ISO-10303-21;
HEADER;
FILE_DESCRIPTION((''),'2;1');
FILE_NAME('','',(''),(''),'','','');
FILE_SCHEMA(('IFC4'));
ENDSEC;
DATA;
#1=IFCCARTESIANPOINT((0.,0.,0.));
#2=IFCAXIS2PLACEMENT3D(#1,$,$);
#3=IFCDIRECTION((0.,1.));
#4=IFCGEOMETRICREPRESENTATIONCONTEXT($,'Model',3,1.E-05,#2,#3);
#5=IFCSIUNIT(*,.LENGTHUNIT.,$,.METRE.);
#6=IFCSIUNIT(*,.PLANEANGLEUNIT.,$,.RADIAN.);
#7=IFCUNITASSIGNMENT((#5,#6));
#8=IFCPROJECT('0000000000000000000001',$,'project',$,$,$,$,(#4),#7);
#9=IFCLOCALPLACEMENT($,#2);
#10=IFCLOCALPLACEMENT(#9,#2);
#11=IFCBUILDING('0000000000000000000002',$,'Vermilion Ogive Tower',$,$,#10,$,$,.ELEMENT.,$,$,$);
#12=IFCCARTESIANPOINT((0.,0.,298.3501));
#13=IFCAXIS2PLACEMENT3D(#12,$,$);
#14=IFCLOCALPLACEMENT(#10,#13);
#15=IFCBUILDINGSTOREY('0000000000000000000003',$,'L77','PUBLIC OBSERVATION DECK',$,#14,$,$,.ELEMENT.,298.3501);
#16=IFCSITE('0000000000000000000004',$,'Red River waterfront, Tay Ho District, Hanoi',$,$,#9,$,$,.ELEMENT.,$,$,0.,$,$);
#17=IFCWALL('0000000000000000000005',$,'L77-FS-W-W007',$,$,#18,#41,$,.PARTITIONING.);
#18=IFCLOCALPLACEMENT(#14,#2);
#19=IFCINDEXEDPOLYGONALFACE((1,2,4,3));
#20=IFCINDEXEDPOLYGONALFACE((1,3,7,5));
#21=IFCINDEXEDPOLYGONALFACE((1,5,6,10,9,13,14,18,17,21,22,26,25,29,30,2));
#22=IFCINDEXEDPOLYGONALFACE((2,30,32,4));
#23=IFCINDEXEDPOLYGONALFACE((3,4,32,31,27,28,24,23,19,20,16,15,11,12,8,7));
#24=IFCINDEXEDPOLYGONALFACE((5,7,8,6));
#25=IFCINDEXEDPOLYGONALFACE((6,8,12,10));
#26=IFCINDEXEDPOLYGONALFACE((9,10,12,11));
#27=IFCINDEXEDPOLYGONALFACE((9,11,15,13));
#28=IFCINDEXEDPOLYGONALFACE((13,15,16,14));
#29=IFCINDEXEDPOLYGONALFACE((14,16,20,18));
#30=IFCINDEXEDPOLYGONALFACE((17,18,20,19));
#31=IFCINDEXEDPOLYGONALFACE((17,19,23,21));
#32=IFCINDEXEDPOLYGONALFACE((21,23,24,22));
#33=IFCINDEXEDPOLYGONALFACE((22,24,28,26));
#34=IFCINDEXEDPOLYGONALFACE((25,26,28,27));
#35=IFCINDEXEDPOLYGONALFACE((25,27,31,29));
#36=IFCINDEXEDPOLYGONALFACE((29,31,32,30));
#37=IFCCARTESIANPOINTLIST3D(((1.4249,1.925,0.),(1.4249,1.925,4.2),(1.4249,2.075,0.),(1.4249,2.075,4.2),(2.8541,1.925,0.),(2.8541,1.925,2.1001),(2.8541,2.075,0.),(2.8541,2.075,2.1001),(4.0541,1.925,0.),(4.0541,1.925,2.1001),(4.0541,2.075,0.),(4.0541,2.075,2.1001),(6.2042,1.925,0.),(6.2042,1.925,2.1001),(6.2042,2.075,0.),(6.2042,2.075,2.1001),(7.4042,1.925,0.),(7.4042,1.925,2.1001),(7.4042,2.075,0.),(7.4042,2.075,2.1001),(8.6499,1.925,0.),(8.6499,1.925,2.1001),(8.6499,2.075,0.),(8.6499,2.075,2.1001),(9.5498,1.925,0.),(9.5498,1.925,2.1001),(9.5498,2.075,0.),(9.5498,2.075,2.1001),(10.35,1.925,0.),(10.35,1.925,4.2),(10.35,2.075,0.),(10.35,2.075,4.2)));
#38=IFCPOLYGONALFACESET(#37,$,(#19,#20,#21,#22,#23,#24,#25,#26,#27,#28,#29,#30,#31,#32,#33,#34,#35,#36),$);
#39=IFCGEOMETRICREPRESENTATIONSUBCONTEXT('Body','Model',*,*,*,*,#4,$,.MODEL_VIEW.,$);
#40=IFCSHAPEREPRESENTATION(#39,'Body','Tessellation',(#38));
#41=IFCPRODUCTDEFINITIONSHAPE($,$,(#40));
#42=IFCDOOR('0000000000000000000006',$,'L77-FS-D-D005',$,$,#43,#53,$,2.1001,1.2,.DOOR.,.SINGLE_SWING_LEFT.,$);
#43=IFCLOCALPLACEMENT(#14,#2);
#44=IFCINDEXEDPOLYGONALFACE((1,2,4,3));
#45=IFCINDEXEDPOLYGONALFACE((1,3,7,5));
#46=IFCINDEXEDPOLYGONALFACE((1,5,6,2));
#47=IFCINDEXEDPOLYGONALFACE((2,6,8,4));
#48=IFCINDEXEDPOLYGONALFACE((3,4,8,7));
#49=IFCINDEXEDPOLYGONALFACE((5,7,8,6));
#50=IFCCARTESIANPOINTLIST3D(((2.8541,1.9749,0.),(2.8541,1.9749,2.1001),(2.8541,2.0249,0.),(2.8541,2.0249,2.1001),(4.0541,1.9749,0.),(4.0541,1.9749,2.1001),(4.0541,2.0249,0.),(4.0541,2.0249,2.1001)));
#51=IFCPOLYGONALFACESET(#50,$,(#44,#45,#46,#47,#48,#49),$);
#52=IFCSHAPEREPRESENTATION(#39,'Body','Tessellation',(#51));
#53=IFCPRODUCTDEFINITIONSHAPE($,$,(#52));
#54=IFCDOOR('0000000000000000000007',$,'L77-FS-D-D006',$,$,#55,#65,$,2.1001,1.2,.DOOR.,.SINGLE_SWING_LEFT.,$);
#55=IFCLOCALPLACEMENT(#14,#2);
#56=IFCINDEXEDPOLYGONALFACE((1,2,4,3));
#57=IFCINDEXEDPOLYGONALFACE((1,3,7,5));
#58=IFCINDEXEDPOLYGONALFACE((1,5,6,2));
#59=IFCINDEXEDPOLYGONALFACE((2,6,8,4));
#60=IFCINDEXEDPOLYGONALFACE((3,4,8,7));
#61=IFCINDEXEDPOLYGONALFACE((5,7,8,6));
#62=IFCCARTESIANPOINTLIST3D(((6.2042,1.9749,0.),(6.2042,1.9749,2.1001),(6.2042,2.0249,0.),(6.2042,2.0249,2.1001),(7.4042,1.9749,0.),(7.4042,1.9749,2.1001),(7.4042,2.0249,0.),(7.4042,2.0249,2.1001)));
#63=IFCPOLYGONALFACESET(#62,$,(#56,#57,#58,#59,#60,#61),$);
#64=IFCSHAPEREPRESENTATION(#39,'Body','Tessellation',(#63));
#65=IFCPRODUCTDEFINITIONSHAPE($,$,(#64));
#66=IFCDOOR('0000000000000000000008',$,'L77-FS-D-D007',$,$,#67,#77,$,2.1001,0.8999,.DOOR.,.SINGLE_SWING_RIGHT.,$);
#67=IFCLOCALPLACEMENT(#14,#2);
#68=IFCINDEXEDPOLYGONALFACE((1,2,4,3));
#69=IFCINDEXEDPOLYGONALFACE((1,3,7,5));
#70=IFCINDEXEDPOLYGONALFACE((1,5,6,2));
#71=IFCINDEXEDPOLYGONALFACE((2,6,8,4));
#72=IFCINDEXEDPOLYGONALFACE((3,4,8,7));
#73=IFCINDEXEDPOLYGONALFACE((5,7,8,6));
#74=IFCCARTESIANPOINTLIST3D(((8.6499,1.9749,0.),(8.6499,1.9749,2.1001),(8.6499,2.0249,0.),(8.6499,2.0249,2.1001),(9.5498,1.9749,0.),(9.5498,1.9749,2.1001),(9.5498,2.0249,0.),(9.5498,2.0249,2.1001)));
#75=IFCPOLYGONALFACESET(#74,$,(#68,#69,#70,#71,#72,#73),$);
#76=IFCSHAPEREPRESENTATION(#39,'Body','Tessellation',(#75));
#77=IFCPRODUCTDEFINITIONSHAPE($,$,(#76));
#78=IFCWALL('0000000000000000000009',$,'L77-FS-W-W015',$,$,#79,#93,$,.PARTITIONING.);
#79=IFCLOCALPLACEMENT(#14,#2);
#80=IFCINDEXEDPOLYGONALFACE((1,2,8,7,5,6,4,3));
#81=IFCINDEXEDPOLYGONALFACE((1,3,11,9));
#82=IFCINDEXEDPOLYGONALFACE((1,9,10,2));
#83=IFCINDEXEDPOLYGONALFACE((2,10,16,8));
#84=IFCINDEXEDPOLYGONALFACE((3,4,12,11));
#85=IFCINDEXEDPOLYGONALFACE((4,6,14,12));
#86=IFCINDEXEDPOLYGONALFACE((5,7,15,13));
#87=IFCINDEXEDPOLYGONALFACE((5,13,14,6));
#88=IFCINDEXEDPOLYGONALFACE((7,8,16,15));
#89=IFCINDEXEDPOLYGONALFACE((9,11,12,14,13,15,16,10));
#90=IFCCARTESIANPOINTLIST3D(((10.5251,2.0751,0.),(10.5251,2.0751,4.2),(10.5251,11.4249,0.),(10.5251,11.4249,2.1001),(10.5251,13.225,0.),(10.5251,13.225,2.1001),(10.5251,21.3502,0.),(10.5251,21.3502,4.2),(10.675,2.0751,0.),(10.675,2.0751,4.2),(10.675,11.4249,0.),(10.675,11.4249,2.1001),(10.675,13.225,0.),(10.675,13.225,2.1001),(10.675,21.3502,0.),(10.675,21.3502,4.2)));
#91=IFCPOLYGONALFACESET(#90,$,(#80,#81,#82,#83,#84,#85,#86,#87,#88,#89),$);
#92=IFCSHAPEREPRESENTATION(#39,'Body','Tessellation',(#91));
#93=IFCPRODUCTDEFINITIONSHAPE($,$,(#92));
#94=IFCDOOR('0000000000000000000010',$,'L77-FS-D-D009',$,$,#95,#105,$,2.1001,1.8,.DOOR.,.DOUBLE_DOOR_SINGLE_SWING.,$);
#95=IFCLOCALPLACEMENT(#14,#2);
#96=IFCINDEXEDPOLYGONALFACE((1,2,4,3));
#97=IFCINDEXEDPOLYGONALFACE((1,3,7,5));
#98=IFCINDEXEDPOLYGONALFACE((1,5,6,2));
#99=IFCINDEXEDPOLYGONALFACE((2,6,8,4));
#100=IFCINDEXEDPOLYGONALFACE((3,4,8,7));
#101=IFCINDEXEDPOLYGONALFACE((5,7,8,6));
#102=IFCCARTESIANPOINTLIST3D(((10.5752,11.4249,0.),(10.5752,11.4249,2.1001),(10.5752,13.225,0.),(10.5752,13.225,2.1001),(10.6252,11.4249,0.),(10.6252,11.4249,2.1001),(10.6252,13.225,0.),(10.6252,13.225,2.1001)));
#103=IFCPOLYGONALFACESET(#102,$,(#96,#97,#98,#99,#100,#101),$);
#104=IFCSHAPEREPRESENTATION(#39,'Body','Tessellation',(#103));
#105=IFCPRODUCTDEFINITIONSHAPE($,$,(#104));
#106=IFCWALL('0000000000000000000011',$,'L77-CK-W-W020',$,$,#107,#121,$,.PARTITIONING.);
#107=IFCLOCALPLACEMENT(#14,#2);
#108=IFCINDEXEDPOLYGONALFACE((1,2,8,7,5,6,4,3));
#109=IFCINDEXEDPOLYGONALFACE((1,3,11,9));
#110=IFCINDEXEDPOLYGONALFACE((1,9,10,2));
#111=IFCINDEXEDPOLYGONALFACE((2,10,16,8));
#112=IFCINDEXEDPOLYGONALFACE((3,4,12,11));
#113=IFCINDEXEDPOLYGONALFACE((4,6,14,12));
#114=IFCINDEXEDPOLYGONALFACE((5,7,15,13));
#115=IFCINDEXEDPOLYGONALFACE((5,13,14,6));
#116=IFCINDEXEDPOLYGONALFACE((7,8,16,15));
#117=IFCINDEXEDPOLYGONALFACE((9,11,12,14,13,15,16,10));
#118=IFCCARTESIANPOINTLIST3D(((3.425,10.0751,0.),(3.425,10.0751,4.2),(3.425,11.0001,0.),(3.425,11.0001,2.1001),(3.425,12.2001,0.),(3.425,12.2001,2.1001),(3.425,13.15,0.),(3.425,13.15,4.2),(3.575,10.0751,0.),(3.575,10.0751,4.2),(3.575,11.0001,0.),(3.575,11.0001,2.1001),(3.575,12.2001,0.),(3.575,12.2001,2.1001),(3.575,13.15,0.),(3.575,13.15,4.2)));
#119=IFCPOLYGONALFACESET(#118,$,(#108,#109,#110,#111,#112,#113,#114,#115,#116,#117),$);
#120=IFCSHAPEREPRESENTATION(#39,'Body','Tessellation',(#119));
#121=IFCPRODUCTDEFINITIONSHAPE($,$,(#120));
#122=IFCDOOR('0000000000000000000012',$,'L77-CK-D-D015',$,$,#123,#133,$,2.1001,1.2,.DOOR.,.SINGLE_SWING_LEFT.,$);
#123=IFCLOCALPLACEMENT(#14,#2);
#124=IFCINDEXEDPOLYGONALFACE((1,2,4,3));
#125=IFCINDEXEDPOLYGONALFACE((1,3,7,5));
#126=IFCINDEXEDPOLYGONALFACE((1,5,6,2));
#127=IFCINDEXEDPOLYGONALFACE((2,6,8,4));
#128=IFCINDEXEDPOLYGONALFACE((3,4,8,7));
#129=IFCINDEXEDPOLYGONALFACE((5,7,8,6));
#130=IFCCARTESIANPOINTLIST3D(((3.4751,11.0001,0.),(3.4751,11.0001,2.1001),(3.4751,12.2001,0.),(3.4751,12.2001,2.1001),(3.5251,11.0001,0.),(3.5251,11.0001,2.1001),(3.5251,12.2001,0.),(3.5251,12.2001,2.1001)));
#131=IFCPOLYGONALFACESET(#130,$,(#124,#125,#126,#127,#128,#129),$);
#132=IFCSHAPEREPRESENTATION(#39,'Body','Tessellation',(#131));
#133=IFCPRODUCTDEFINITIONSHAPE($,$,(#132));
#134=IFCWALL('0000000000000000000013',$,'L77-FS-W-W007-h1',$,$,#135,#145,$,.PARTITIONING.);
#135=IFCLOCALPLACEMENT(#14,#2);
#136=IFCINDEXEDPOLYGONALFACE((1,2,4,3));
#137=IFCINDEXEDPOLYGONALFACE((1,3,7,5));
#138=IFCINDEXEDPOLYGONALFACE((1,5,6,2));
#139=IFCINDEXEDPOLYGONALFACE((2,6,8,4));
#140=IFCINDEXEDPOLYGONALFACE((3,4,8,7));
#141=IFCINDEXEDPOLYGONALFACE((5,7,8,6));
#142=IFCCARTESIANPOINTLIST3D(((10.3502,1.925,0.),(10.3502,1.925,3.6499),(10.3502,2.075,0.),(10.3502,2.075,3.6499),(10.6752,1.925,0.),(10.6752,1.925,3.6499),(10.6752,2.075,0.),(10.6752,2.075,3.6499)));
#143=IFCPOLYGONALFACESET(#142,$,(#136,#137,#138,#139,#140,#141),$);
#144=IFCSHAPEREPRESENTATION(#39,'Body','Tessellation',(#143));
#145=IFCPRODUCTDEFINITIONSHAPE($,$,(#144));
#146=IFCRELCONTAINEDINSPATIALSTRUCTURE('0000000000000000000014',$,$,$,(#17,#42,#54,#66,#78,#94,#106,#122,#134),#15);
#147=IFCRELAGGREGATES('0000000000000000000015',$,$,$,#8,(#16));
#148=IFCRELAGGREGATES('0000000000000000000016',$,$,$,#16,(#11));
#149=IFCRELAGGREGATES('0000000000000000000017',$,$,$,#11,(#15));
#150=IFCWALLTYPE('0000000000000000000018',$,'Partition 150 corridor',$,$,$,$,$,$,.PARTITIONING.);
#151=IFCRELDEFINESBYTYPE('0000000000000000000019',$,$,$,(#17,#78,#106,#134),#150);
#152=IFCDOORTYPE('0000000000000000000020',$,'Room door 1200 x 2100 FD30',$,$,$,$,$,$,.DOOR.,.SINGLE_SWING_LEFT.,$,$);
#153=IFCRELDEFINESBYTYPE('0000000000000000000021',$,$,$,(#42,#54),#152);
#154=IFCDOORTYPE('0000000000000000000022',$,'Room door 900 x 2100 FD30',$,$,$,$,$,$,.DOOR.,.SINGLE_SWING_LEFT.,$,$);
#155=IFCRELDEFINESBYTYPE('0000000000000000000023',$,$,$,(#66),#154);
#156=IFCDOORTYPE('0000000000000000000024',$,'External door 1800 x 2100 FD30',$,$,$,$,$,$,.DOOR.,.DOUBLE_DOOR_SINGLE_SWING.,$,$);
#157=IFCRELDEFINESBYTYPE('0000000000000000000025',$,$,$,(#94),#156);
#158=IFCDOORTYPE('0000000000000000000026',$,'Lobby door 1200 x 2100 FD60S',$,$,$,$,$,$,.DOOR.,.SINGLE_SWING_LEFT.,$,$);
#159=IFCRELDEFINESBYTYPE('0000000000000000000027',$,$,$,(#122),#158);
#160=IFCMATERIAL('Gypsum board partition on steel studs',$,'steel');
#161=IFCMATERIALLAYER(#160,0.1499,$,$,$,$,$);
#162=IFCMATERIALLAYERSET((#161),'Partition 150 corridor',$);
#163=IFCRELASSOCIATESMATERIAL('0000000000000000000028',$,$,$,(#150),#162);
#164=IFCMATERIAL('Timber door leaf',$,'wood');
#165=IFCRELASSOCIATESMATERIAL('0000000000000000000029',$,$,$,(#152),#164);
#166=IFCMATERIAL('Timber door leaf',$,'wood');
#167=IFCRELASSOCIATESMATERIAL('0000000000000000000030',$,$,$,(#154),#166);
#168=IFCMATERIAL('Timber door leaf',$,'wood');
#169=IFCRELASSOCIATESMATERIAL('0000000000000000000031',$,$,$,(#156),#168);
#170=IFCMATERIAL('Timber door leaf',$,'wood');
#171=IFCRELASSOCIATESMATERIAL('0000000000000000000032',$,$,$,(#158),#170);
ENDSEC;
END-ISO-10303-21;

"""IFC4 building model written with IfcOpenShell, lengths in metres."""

from ifc_helpers import new_model, si_unit, direction, frame, frame_2d, origin, place, context, subcontext, project, spatial, rectangle, extrude, material, layer, layer_set, type_object, element, fill, save


model = new_model("IFC4")

# Units and contexts
model_context = context("Model", 3, precision=1e-05, world=origin(), true_north=direction((0.0, 1.0)))
body_context = subcontext(model_context, "Body", "Model", "MODEL_VIEW")
ifc_project = project(units=[si_unit("LENGTHUNIT", "METRE"), si_unit("PLANEANGLEUNIT", "RADIAN")], contexts=[model_context])

# Site, building, storey
site_placement = place(None, origin())
site = spatial("IfcSite", under=ifc_project, at=site_placement, Name="Red River waterfront, Tay Ho District, Hanoi", CompositionType="ELEMENT", RefElevation=0.0)
building_placement = place(site_placement, origin())
building = spatial("IfcBuilding", under=site, at=building_placement, Name="Vermilion Ogive Tower", CompositionType="ELEMENT")
storey_placement = place(building_placement, frame((0.0, 0.0, 298.3501)))
storey = spatial("IfcBuildingStorey", under=building, at=storey_placement, Name="L77", Description="PUBLIC OBSERVATION DECK", CompositionType="ELEMENT", Elevation=298.3501)

# Wall, openings, doors
ifc_material_1 = material(Name="Gypsum board partition on steel studs", Category="steel")
ifc_layer_1 = layer(ifc_material_1, 0.1499)
ifc_layer_set_1 = layer_set([ifc_layer_1], Name="Partition 150 corridor")
wall_type_1 = type_object("IfcWallType", Name="Partition 150 corridor", PredefinedType="PARTITIONING", material=ifc_layer_set_1)
wall_1_placement = place(storey_placement, frame((1.425, 2.0, 0.0), z_axis=(0.0, 0.0, 1.0), x_axis=(1.0, 0.0, 0.0)))
wall_1 = element("IfcWall", 1, at=wall_1_placement, inside=storey, type_object=wall_type_1, Name="L77-FS-W-W007", PredefinedType="PARTITIONING", context=body_context, shape_type="SweptSolid", body=[
    extrude(rectangle(XDim=8.925, YDim=0.1499, at=frame_2d((4.4624, 0.0))), origin(), (0.0, 0.0, 1.0), 4.2),
])
opening_1_placement = place(wall_1_placement, frame((1.429, 0.0, 0.0)))
opening_1 = element("IfcOpeningElement", 2, at=opening_1_placement, cuts=wall_1, PredefinedType="OPENING", context=body_context, shape_type="SweptSolid", body=[
    extrude(rectangle(XDim=1.2, YDim=2.1001, at=frame_2d((0.6001, 1.05))), frame((0.0, 0.085, 0.0), z_axis=(0.0, -1.0, 0.0), x_axis=(1.0, 0.0, 0.0)), (0.0, 0.0, 1.0), 0.1699),
])
opening_2_placement = place(wall_1_placement, frame((4.7791, 0.0, 0.0)))
opening_2 = element("IfcOpeningElement", 3, at=opening_2_placement, cuts=wall_1, PredefinedType="OPENING", context=body_context, shape_type="SweptSolid", body=[
    extrude(rectangle(XDim=1.2, YDim=2.1001, at=frame_2d((0.6001, 1.05))), frame((0.0, 0.085, 0.0), z_axis=(0.0, -1.0, 0.0), x_axis=(1.0, 0.0, 0.0)), (0.0, 0.0, 1.0), 0.1699),
])
opening_3_placement = place(wall_1_placement, frame((7.2249, 0.0, 0.0)))
opening_3 = element("IfcOpeningElement", 4, at=opening_3_placement, cuts=wall_1, PredefinedType="OPENING", context=body_context, shape_type="SweptSolid", body=[
    extrude(rectangle(XDim=0.8999, YDim=2.1001, at=frame_2d((0.45, 1.05))), frame((0.0, 0.085, 0.0), z_axis=(0.0, -1.0, 0.0), x_axis=(1.0, 0.0, 0.0)), (0.0, 0.0, 1.0), 0.1699),
])
ifc_material_2 = material(Name="Timber door leaf", Category="wood")
door_type_1 = type_object("IfcDoorType", Name="Room door 1200 x 2100 FD30", OperationType="SINGLE_SWING_LEFT", PredefinedType="DOOR", material=ifc_material_2)
door_1_placement = place(opening_1_placement, origin())
door_1 = element("IfcDoor", 5, at=door_1_placement, inside=storey, type_object=door_type_1, Name="L77-FS-D-D005", OperationType="SINGLE_SWING_LEFT", OverallHeight=2.1001, OverallWidth=1.2, PredefinedType="DOOR", context=body_context, shape_type="SweptSolid", body=[
    extrude(rectangle(XDim=1.2, YDim=2.1001, at=frame_2d((0.6001, 1.05))), frame((0.0, 0.0249, 0.0), z_axis=(0.0, -1.0, 0.0), x_axis=(1.0, 0.0, 0.0)), (0.0, 0.0, 1.0), 0.05),
])
fill(opening_1, door_1)
door_2_placement = place(opening_2_placement, origin())
door_2 = element("IfcDoor", 6, at=door_2_placement, inside=storey, type_object=door_type_1, Name="L77-FS-D-D006", OperationType="SINGLE_SWING_LEFT", OverallHeight=2.1001, OverallWidth=1.2, PredefinedType="DOOR", context=body_context, shape_type="SweptSolid", body=[
    extrude(rectangle(XDim=1.2, YDim=2.1001, at=frame_2d((0.6001, 1.05))), frame((0.0, 0.0249, 0.0), z_axis=(0.0, -1.0, 0.0), x_axis=(1.0, 0.0, 0.0)), (0.0, 0.0, 1.0), 0.05),
])
fill(opening_2, door_2)
ifc_material_3 = material(Name="Timber door leaf", Category="wood")
door_type_2 = type_object("IfcDoorType", Name="Room door 900 x 2100 FD30", OperationType="SINGLE_SWING_LEFT", PredefinedType="DOOR", material=ifc_material_3)
door_3_placement = place(opening_3_placement, origin())
door_3 = element("IfcDoor", 7, at=door_3_placement, inside=storey, type_object=door_type_2, Name="L77-FS-D-D007", OperationType="SINGLE_SWING_RIGHT", OverallHeight=2.1001, OverallWidth=0.8999, PredefinedType="DOOR", context=body_context, shape_type="SweptSolid", body=[
    extrude(rectangle(XDim=0.8999, YDim=2.1001, at=frame_2d((0.45, 1.05))), frame((0.0, 0.0249, 0.0), z_axis=(0.0, -1.0, 0.0), x_axis=(1.0, 0.0, 0.0)), (0.0, 0.0, 1.0), 0.05),
])
fill(opening_3, door_3)

# Walls, openings, doors
wall_2_placement = place(storey_placement, frame((10.6001, 2.075, 0.0), z_axis=(0.0, 0.0, 1.0), x_axis=(0.0, 1.0, 0.0)))
wall_2 = element("IfcWall", 8, at=wall_2_placement, inside=storey, type_object=wall_type_1, Name="L77-FS-W-W015", PredefinedType="PARTITIONING", context=body_context, shape_type="SweptSolid", body=[
    extrude(rectangle(XDim=19.2751, YDim=0.1499, at=frame_2d((9.6377, 0.0))), origin(), (0.0, 0.0, 1.0), 4.2),
])
opening_4_placement = place(wall_2_placement, frame((9.3501, 0.0, 0.0)))
opening_4 = element("IfcOpeningElement", 9, at=opening_4_placement, cuts=wall_2, PredefinedType="OPENING", context=body_context, shape_type="SweptSolid", body=[
    extrude(rectangle(XDim=1.8, YDim=2.1001, at=frame_2d((0.8999, 1.05))), frame((0.0, 0.085, 0.0), z_axis=(0.0, -1.0, 0.0), x_axis=(1.0, 0.0, 0.0)), (0.0, 0.0, 1.0), 0.1699),
])
ifc_material_4 = material(Name="Timber door leaf", Category="wood")
door_type_3 = type_object("IfcDoorType", Name="External door 1800 x 2100 FD30", OperationType="DOUBLE_DOOR_SINGLE_SWING", PredefinedType="DOOR", material=ifc_material_4)
door_4_placement = place(opening_4_placement, origin())
door_4 = element("IfcDoor", 10, at=door_4_placement, inside=storey, type_object=door_type_3, Name="L77-FS-D-D009", OperationType="DOUBLE_DOOR_SINGLE_SWING", OverallHeight=2.1001, OverallWidth=1.8, PredefinedType="DOOR", context=body_context, shape_type="SweptSolid", body=[
    extrude(rectangle(XDim=1.8, YDim=2.1001, at=frame_2d((0.8999, 1.05))), frame((0.0, 0.0249, 0.0), z_axis=(0.0, -1.0, 0.0), x_axis=(1.0, 0.0, 0.0)), (0.0, 0.0, 1.0), 0.05),
])
fill(opening_4, door_4)
wall_3_placement = place(storey_placement, frame((3.5, 10.075, 0.0), z_axis=(0.0, 0.0, 1.0), x_axis=(0.0, 1.0, 0.0)))
wall_3 = element("IfcWall", 11, at=wall_3_placement, inside=storey, type_object=wall_type_1, Name="L77-CK-W-W020", PredefinedType="PARTITIONING", context=body_context, shape_type="SweptSolid", body=[
    extrude(rectangle(XDim=3.075, YDim=0.1499, at=frame_2d((1.5376, 0.0))), origin(), (0.0, 0.0, 1.0), 4.2),
])
opening_5_placement = place(wall_3_placement, frame((0.925, 0.0, 0.0)))
opening_5 = element("IfcOpeningElement", 12, at=opening_5_placement, cuts=wall_3, PredefinedType="OPENING", context=body_context, shape_type="SweptSolid", body=[
    extrude(rectangle(XDim=1.2, YDim=2.1001, at=frame_2d((0.6001, 1.05))), frame((0.0, 0.085, 0.0), z_axis=(0.0, -1.0, 0.0), x_axis=(1.0, 0.0, 0.0)), (0.0, 0.0, 1.0), 0.1699),
])
ifc_material_5 = material(Name="Timber door leaf", Category="wood")
door_type_4 = type_object("IfcDoorType", Name="Lobby door 1200 x 2100 FD60S", OperationType="SINGLE_SWING_LEFT", PredefinedType="DOOR", material=ifc_material_5)
door_5_placement = place(opening_5_placement, origin())
door_5 = element("IfcDoor", 13, at=door_5_placement, inside=storey, type_object=door_type_4, Name="L77-CK-D-D015", OperationType="SINGLE_SWING_LEFT", OverallHeight=2.1001, OverallWidth=1.2, PredefinedType="DOOR", context=body_context, shape_type="SweptSolid", body=[
    extrude(rectangle(XDim=1.2, YDim=2.1001, at=frame_2d((0.6001, 1.05))), frame((0.0, 0.0249, 0.0), z_axis=(0.0, -1.0, 0.0), x_axis=(1.0, 0.0, 0.0)), (0.0, 0.0, 1.0), 0.05),
])
fill(opening_5, door_5)

# Wall
wall_4_placement = place(storey_placement, frame((10.3501, 2.0, 0.0), z_axis=(0.0, 0.0, 1.0), x_axis=(1.0, 0.0, 0.0)))
element("IfcWall", 14, at=wall_4_placement, inside=storey, type_object=wall_type_1, Name="L77-FS-W-W007-h1", PredefinedType="PARTITIONING", context=body_context, shape_type="SweptSolid", body=[
    extrude(rectangle(XDim=0.325, YDim=0.1499, at=frame_2d((0.1626, 0.0))), origin(), (0.0, 0.0, 1.0), 3.6499),
])

save(model, "model.ifc")
